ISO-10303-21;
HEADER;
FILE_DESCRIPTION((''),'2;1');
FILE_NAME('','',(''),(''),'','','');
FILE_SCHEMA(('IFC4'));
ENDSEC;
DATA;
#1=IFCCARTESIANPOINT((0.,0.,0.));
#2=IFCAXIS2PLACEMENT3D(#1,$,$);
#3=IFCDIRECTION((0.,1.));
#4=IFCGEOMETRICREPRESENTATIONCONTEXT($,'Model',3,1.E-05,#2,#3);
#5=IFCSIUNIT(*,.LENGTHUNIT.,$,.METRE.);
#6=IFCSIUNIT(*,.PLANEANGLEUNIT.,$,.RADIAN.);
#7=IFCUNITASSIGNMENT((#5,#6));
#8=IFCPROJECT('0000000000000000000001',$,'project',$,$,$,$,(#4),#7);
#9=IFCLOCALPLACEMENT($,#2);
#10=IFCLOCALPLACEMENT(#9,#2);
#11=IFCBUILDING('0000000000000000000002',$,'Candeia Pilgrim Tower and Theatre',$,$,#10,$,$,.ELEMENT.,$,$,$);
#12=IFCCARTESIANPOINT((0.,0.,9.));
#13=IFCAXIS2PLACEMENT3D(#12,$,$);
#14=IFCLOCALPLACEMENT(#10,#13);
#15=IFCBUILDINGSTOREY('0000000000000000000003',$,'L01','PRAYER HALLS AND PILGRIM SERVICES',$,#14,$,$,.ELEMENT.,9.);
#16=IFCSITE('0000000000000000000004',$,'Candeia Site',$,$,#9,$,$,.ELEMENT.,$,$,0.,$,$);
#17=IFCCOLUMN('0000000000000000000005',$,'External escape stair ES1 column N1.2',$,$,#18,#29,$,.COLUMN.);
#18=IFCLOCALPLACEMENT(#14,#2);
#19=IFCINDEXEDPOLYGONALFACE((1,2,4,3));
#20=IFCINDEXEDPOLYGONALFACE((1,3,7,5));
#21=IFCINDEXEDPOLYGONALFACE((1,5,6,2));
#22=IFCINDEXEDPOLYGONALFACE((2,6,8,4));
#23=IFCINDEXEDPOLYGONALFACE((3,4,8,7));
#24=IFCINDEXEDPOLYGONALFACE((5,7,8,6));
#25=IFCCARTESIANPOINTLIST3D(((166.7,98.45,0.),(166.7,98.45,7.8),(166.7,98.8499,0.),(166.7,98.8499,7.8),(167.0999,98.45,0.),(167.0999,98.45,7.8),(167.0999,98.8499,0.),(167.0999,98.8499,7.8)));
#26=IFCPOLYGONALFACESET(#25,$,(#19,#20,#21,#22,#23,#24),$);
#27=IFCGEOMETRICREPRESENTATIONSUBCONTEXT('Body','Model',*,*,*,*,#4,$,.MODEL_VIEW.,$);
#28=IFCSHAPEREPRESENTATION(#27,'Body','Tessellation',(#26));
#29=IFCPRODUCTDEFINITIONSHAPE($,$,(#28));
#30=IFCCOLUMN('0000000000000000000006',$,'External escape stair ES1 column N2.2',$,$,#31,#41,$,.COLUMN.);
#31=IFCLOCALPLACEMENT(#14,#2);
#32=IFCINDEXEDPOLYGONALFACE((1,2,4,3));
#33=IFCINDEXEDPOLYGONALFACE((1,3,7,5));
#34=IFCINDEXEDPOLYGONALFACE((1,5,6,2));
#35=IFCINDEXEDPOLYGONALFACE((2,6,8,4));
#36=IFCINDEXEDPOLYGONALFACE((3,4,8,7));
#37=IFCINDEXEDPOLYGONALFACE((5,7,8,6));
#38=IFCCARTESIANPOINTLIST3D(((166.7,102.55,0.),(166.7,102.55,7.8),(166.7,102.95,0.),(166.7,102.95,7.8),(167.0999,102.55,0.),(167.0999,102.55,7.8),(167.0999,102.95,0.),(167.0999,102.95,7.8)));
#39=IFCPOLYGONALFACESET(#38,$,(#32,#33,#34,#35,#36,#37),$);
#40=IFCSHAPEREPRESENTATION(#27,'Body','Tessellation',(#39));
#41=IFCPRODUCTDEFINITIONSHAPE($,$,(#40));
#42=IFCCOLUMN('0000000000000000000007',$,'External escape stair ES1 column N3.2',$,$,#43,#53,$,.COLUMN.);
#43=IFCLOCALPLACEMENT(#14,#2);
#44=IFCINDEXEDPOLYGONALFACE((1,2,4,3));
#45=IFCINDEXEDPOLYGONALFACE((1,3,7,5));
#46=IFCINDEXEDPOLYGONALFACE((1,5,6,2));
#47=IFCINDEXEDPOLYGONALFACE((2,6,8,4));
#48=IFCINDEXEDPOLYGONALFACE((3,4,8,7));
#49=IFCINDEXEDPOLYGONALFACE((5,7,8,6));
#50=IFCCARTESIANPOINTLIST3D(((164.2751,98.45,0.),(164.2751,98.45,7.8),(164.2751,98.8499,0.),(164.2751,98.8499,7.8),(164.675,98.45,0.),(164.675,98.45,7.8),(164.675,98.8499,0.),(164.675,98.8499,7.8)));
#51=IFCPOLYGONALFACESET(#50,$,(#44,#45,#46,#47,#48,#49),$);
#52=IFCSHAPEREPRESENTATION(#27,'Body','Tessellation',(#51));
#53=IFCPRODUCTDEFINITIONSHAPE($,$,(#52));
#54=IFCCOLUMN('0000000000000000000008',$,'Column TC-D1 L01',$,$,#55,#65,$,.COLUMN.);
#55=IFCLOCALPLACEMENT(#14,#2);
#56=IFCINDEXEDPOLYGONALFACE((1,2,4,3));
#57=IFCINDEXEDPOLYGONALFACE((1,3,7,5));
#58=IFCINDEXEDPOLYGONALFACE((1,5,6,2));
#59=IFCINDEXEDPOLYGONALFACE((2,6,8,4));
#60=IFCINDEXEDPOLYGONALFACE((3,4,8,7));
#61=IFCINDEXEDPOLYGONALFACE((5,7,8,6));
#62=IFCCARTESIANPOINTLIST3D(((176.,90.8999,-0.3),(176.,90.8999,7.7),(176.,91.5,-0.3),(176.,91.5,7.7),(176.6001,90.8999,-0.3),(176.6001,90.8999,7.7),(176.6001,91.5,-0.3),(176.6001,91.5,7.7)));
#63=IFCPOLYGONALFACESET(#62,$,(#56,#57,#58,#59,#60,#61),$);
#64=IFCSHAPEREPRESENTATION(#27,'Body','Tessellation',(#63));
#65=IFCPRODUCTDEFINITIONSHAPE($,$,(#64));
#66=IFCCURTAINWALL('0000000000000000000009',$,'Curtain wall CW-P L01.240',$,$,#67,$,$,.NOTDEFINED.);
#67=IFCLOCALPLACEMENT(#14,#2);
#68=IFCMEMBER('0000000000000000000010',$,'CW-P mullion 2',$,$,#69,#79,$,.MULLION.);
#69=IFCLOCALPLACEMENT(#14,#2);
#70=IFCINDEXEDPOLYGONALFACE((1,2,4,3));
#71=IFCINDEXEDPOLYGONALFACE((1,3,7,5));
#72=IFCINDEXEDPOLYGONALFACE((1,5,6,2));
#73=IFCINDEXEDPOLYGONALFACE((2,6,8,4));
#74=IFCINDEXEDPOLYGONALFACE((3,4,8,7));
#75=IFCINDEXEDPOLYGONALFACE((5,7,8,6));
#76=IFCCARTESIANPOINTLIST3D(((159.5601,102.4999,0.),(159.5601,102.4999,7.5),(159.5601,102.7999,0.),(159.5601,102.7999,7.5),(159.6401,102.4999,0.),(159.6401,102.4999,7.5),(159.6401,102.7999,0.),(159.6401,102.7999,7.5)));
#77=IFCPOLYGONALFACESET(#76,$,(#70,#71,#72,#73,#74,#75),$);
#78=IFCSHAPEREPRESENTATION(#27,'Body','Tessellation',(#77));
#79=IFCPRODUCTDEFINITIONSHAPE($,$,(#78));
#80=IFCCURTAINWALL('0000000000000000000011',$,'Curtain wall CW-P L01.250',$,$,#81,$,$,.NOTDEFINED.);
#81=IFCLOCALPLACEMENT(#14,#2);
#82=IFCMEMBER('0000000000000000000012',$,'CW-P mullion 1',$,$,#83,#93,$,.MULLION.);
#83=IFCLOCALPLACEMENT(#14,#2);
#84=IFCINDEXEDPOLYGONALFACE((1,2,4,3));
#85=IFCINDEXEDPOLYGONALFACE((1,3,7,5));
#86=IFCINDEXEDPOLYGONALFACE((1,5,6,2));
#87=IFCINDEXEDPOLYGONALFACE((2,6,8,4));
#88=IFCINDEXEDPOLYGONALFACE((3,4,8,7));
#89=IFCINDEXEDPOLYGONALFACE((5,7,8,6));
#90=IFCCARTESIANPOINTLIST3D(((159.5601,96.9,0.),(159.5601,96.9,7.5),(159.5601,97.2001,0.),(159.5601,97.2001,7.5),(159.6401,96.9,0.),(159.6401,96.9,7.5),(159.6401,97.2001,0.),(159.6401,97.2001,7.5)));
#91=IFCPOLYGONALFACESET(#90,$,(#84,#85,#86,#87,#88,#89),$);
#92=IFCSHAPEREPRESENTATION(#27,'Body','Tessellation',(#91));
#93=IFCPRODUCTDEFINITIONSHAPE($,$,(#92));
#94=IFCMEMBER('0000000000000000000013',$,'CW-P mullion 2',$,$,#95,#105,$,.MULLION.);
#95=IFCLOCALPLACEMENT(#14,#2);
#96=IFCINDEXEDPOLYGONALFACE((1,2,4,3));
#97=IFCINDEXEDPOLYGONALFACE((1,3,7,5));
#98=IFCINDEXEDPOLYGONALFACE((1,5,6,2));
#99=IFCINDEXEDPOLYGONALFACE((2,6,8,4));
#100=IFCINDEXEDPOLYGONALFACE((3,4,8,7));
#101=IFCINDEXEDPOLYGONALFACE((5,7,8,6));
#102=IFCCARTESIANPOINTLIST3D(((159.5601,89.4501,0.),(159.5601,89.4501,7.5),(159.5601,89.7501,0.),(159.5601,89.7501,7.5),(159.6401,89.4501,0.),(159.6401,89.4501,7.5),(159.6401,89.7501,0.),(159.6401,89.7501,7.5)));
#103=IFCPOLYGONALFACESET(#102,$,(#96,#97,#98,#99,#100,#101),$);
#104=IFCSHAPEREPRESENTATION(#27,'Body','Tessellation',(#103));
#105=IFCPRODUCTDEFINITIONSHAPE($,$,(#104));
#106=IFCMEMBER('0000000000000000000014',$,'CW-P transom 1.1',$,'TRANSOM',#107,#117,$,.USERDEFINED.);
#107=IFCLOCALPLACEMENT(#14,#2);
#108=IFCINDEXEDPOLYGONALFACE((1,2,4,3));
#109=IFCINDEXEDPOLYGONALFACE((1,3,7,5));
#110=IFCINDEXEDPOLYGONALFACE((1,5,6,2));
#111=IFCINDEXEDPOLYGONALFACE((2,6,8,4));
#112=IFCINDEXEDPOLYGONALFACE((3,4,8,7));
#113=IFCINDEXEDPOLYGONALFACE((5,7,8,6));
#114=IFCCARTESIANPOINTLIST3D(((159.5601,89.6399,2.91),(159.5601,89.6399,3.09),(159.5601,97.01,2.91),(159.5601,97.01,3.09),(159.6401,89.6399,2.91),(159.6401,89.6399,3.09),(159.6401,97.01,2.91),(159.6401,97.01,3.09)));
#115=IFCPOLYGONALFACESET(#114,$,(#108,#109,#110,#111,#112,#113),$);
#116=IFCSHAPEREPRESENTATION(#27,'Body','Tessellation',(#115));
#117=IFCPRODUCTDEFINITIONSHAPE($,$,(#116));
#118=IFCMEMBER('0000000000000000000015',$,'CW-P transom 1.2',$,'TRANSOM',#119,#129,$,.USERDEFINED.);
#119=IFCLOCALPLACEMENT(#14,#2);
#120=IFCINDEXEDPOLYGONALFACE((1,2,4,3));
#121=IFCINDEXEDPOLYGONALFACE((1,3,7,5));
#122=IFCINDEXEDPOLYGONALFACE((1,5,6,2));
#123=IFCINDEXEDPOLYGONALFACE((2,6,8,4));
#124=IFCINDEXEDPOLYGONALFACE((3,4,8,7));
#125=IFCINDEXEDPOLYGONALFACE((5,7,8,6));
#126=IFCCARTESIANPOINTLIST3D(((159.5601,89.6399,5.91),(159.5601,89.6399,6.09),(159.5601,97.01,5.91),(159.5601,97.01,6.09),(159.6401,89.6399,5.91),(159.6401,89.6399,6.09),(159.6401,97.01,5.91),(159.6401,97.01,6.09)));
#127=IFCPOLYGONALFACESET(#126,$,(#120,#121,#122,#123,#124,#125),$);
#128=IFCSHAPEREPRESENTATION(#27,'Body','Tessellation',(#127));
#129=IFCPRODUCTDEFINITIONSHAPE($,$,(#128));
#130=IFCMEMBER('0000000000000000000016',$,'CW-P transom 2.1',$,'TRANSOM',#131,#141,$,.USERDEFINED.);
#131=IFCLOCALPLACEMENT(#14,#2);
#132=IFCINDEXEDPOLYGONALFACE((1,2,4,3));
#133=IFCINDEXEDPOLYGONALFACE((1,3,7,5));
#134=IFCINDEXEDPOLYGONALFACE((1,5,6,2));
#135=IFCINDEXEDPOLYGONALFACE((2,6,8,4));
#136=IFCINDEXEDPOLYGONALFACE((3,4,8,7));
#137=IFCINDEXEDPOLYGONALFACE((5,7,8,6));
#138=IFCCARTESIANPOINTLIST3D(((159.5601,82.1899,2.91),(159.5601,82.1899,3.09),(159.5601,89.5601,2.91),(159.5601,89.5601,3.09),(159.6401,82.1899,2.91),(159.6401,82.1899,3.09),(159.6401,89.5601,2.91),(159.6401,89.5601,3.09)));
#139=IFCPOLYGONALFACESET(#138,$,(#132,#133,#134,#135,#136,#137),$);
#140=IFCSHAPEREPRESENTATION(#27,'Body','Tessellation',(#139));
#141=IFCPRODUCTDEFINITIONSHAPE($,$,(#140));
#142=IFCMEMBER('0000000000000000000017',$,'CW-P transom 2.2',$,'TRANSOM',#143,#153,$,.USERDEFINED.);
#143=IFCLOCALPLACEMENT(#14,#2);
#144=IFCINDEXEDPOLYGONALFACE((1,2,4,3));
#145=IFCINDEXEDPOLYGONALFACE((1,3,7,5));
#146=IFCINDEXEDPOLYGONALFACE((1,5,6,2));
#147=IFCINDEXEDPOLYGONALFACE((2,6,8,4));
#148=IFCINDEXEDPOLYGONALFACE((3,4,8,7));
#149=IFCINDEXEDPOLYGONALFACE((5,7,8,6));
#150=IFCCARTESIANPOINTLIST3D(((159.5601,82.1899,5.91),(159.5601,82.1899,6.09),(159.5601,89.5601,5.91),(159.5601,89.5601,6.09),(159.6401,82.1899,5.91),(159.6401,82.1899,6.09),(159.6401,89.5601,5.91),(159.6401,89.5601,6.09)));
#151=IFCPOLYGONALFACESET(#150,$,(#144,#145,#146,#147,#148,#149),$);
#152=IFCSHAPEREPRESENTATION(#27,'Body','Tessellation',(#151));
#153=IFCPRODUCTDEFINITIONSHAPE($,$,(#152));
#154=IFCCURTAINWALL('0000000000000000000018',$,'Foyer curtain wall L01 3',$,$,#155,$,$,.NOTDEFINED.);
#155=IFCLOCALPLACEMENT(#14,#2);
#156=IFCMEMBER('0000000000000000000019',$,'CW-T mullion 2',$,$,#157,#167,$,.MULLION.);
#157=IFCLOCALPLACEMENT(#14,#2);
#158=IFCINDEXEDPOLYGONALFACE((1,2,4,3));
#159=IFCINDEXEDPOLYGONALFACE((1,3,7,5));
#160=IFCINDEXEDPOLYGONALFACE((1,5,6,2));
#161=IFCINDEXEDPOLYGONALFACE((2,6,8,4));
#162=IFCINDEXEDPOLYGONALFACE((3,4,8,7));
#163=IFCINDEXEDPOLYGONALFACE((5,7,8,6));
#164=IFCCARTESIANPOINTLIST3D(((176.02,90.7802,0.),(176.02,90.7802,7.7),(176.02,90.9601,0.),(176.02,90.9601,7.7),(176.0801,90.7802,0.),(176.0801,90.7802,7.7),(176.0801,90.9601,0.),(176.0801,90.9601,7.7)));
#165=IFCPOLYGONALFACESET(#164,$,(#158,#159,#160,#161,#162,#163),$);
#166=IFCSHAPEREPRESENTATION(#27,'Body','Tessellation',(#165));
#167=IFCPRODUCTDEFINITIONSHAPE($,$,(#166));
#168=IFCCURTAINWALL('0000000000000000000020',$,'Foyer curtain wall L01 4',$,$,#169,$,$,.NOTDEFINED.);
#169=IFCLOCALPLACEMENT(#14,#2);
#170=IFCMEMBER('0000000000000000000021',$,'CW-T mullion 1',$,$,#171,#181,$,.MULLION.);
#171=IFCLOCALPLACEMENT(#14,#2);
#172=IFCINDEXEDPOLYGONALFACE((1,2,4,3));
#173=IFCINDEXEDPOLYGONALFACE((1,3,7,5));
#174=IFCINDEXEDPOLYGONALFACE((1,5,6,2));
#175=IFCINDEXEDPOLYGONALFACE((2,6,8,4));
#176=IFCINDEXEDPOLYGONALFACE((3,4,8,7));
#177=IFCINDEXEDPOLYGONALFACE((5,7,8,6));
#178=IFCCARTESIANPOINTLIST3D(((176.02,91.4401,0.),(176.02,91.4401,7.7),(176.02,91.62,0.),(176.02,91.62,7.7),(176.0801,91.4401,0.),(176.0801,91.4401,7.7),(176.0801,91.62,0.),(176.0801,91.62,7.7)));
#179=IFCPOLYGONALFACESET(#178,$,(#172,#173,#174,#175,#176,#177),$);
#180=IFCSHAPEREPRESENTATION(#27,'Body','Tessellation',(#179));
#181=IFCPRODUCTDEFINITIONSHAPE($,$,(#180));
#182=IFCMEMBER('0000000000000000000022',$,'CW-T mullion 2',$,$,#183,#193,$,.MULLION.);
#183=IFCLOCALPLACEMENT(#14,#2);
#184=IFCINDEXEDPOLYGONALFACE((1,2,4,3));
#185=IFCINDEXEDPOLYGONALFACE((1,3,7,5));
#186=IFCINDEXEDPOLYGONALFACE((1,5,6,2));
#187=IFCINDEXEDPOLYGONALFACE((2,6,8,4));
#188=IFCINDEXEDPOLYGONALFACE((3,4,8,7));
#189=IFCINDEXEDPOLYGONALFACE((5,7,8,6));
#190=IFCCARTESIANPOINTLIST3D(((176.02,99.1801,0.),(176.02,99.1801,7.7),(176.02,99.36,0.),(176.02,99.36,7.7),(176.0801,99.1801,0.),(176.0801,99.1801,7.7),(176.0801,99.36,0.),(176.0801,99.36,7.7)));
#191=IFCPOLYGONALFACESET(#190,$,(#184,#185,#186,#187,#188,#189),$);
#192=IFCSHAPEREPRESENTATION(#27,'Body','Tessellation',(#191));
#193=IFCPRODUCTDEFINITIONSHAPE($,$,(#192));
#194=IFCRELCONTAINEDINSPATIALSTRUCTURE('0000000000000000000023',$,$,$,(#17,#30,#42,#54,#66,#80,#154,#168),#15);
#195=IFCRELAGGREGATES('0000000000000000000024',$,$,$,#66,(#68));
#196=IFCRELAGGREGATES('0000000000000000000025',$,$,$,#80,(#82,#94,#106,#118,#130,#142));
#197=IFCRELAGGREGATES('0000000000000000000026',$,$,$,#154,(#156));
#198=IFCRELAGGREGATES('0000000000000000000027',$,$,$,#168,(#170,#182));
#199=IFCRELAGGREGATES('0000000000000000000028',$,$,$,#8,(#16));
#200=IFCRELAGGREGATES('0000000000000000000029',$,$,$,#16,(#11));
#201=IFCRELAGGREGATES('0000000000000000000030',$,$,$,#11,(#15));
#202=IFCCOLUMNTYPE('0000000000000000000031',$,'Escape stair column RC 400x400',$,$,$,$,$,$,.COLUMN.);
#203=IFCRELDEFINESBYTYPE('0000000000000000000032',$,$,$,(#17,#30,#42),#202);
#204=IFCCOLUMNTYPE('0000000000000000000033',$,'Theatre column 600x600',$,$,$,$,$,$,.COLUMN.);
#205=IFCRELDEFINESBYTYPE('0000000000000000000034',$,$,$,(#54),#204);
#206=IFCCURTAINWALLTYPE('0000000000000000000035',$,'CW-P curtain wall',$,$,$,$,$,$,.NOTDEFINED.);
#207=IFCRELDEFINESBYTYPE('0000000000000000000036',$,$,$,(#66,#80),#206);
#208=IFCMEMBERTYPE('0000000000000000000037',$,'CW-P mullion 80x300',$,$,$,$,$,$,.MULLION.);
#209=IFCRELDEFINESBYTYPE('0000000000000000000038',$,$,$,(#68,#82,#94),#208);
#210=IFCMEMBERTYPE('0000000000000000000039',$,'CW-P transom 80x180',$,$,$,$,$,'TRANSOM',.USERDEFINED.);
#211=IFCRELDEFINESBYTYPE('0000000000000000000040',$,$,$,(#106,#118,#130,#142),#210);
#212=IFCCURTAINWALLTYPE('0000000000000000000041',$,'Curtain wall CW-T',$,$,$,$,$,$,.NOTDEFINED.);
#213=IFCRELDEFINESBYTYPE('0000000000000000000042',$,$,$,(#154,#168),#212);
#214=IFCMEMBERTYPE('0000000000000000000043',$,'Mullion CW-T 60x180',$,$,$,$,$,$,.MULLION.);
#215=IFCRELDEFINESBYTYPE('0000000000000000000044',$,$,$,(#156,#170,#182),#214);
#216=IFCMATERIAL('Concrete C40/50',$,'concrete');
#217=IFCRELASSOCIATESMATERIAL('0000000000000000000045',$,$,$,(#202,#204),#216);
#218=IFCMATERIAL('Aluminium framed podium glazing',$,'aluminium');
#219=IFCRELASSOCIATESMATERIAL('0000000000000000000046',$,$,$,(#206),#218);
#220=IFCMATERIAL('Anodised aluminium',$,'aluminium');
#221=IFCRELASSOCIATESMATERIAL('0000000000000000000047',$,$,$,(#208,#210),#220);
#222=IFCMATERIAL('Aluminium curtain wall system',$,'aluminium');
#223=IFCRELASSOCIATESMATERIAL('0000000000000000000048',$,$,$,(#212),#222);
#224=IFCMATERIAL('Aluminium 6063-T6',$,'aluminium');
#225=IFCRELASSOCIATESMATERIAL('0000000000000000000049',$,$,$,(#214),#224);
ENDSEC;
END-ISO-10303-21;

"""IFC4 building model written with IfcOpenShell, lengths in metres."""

from ifc_helpers import new_model, si_unit, direction, frame, origin, origin_2d, place, context, subcontext, project, spatial, rectangle, extrude, material, material_profile, profile_set, type_object, element, aggregate, save


model = new_model("IFC4")

# Units and contexts
model_context = context("Model", 3, precision=1e-05, world=origin(), true_north=direction((0.0, 1.0)))
body_context = subcontext(model_context, "Body", "Model", "MODEL_VIEW")
ifc_project = project(units=[si_unit("LENGTHUNIT", "METRE"), si_unit("PLANEANGLEUNIT", "RADIAN")], contexts=[model_context])

# Site, building, storey
site_placement = place(None, origin())
site = spatial("IfcSite", under=ifc_project, at=site_placement, Name="Candeia Site", CompositionType="ELEMENT", RefElevation=0.0)
building_placement = place(site_placement, origin())
building = spatial("IfcBuilding", under=site, at=building_placement, Name="Candeia Pilgrim Tower and Theatre", CompositionType="ELEMENT")
storey_placement = place(building_placement, frame((0.0, 0.0, 9.0)))
storey = spatial("IfcBuildingStorey", under=building, at=storey_placement, Name="L01", Description="PRAYER HALLS AND PILGRIM SERVICES", CompositionType="ELEMENT", Elevation=9.0)

# Columns
ifc_material_1 = material(Name="Concrete C40/50", Category="concrete")
ifc_material_profile_1 = material_profile(ifc_material_1, rectangle(XDim=0.3999, YDim=0.3999, at=origin_2d()))
ifc_profile_set_1 = profile_set([ifc_material_profile_1], Name="Concrete C40/50")
column_type_1 = type_object("IfcColumnType", Name="Escape stair column RC 400x400", PredefinedType="COLUMN", material=ifc_profile_set_1)
for number, where, z_axis, x_axis, name in (
    (1, (166.8999, 98.6499, 0.0), (0.0, 0.0, 1.0), (1.0, 0.0, 0.0), "External escape stair ES1 column N1.2"),
    (2, (166.8999, 102.75, 0.0), (0.0, 0.0, 1.0), (1.0, 0.0, 0.0), "External escape stair ES1 column N2.2"),
    (3, (164.4751, 98.6499, 0.0), (0.0, 0.0, 1.0), (1.0, 0.0, 0.0), "External escape stair ES1 column N3.2"),
):
    element("IfcColumn", number, at=place(storey_placement, frame(where, z_axis=z_axis, x_axis=x_axis)), inside=storey, type_object=column_type_1, Name=name, PredefinedType="COLUMN", context=body_context, shape_type="SweptSolid", body=[
        extrude(rectangle(XDim=0.3999, YDim=0.3999, at=origin_2d()), origin(), (0.0, 0.0, 1.0), 7.8),
    ])
ifc_material_profile_2 = material_profile(ifc_material_1, rectangle(XDim=0.6001, YDim=0.6001, at=origin_2d()))
ifc_profile_set_2 = profile_set([ifc_material_profile_2], Name="Concrete C40/50")
column_type_2 = type_object("IfcColumnType", Name="Theatre column 600x600", PredefinedType="COLUMN", material=ifc_profile_set_2)
column_placement = place(storey_placement, frame((176.3, 91.2, -0.3), z_axis=(0.0, 0.0, 1.0), x_axis=(1.0, 0.0, 0.0)))
element("IfcColumn", 4, at=column_placement, inside=storey, type_object=column_type_2, Name="Column TC-D1 L01", PredefinedType="COLUMN", context=body_context, shape_type="SweptSolid", body=[
    extrude(rectangle(XDim=0.6001, YDim=0.6001, at=origin_2d()), origin(), (0.0, 0.0, 1.0), 8.0),
])

# Curtain wall, member
ifc_material_2 = material(Name="Aluminium framed podium glazing", Category="aluminium")
curtain_wall_type_1 = type_object("IfcCurtainWallType", Name="CW-P curtain wall", PredefinedType="NOTDEFINED", material=ifc_material_2)
curtain_wall_1_placement = place(storey_placement, origin())
curtain_wall_1 = element("IfcCurtainWall", 5, at=curtain_wall_1_placement, inside=storey, type_object=curtain_wall_type_1, Name="Curtain wall CW-P L01.240", PredefinedType="NOTDEFINED")
ifc_material_3 = material(Name="Anodised aluminium", Category="aluminium")
ifc_material_profile_3 = material_profile(ifc_material_3, rectangle(XDim=0.0801, YDim=0.3, at=origin_2d()))
ifc_profile_set_3 = profile_set([ifc_material_profile_3], Name="Anodised aluminium")
member_type_1 = type_object("IfcMemberType", Name="CW-P mullion 80x300", PredefinedType="MULLION", material=ifc_profile_set_3)
member_1_placement = place(storey_placement, frame((159.6001, 102.6499, 0.0), z_axis=(0.0, 0.0, 1.0), x_axis=(1.0, 0.0, 0.0)))
member_1 = element("IfcMember", 6, at=member_1_placement, type_object=member_type_1, Name="CW-P mullion 2", PredefinedType="MULLION", context=body_context, shape_type="SweptSolid", body=[
    extrude(rectangle(XDim=0.0801, YDim=0.3, at=origin_2d()), origin(), (0.0, 0.0, 1.0), 7.5),
])

# Curtain wall, members
curtain_wall_2_placement = place(storey_placement, origin())
curtain_wall_2 = element("IfcCurtainWall", 7, at=curtain_wall_2_placement, inside=storey, type_object=curtain_wall_type_1, Name="Curtain wall CW-P L01.250", PredefinedType="NOTDEFINED")
member_2_placement = place(storey_placement, frame((159.6001, 97.05, 0.0), z_axis=(0.0, 0.0, 1.0), x_axis=(1.0, 0.0, 0.0)))
member_2 = element("IfcMember", 8, at=member_2_placement, type_object=member_type_1, Name="CW-P mullion 1", PredefinedType="MULLION", context=body_context, shape_type="SweptSolid", body=[
    extrude(rectangle(XDim=0.0801, YDim=0.3, at=origin_2d()), origin(), (0.0, 0.0, 1.0), 7.5),
])
member_3_placement = place(storey_placement, frame((159.6001, 89.6001, 0.0), z_axis=(0.0, 0.0, 1.0), x_axis=(1.0, 0.0, 0.0)))
member_3 = element("IfcMember", 9, at=member_3_placement, type_object=member_type_1, Name="CW-P mullion 2", PredefinedType="MULLION", context=body_context, shape_type="SweptSolid", body=[
    extrude(rectangle(XDim=0.0801, YDim=0.3, at=origin_2d()), origin(), (0.0, 0.0, 1.0), 7.5),
])
ifc_material_profile_4 = material_profile(ifc_material_3, rectangle(XDim=0.0801, YDim=0.1799, at=origin_2d()))
ifc_profile_set_4 = profile_set([ifc_material_profile_4], Name="Anodised aluminium")
member_type_2 = type_object("IfcMemberType", Name="CW-P transom 80x180", ElementType="TRANSOM", PredefinedType="USERDEFINED", material=ifc_profile_set_4)
member_4_placement = place(storey_placement, frame((159.6001, 97.01, 3.0), z_axis=(0.0, -1.0, 0.0), x_axis=(1.0, 0.0, 0.0)))
member_4 = element("IfcMember", 10, at=member_4_placement, type_object=member_type_2, Name="CW-P transom 1.1", ObjectType="TRANSOM", PredefinedType="USERDEFINED", context=body_context, shape_type="SweptSolid", body=[
    extrude(rectangle(XDim=0.0801, YDim=0.1799, at=origin_2d()), origin(), (0.0, 0.0, 1.0), 7.3701),
])
member_5_placement = place(storey_placement, frame((159.6001, 97.01, 6.0), z_axis=(0.0, -1.0, 0.0), x_axis=(1.0, 0.0, 0.0)))
member_5 = element("IfcMember", 11, at=member_5_placement, type_object=member_type_2, Name="CW-P transom 1.2", ObjectType="TRANSOM", PredefinedType="USERDEFINED", context=body_context, shape_type="SweptSolid", body=[
    extrude(rectangle(XDim=0.0801, YDim=0.1799, at=origin_2d()), origin(), (0.0, 0.0, 1.0), 7.3701),
])
member_6_placement = place(storey_placement, frame((159.6001, 89.5601, 3.0), z_axis=(0.0, -1.0, 0.0), x_axis=(1.0, 0.0, 0.0)))
member_6 = element("IfcMember", 12, at=member_6_placement, type_object=member_type_2, Name="CW-P transom 2.1", ObjectType="TRANSOM", PredefinedType="USERDEFINED", context=body_context, shape_type="SweptSolid", body=[
    extrude(rectangle(XDim=0.0801, YDim=0.1799, at=origin_2d()), origin(), (0.0, 0.0, 1.0), 7.3701),
])
member_7_placement = place(storey_placement, frame((159.6001, 89.5601, 6.0), z_axis=(0.0, -1.0, 0.0), x_axis=(1.0, 0.0, 0.0)))
member_7 = element("IfcMember", 13, at=member_7_placement, type_object=member_type_2, Name="CW-P transom 2.2", ObjectType="TRANSOM", PredefinedType="USERDEFINED", context=body_context, shape_type="SweptSolid", body=[
    extrude(rectangle(XDim=0.0801, YDim=0.1799, at=origin_2d()), origin(), (0.0, 0.0, 1.0), 7.3701),
])

# Curtain wall, member
ifc_material_4 = material(Name="Aluminium curtain wall system", Category="aluminium")
curtain_wall_type_2 = type_object("IfcCurtainWallType", Name="Curtain wall CW-T", PredefinedType="NOTDEFINED", material=ifc_material_4)
curtain_wall_3_placement = place(storey_placement, origin())
curtain_wall_3 = element("IfcCurtainWall", 14, at=curtain_wall_3_placement, inside=storey, type_object=curtain_wall_type_2, Name="Foyer curtain wall L01 3", PredefinedType="NOTDEFINED")
ifc_material_5 = material(Name="Aluminium 6063-T6", Category="aluminium")
ifc_material_profile_5 = material_profile(ifc_material_5, rectangle(XDim=0.0601, YDim=0.1799, at=origin_2d()))
ifc_profile_set_5 = profile_set([ifc_material_profile_5], Name="Aluminium 6063-T6")
member_type_3 = type_object("IfcMemberType", Name="Mullion CW-T 60x180", PredefinedType="MULLION", material=ifc_profile_set_5)
member_8_placement = place(storey_placement, frame((176.05, 90.8701, 0.0), z_axis=(0.0, 0.0, 1.0), x_axis=(-1.0, 0.0, 0.0)))
member_8 = element("IfcMember", 15, at=member_8_placement, type_object=member_type_3, Name="CW-T mullion 2", PredefinedType="MULLION", context=body_context, shape_type="SweptSolid", body=[
    extrude(rectangle(XDim=0.0601, YDim=0.1799, at=origin_2d()), origin(), (0.0, 0.0, 1.0), 7.7),
])

# Curtain wall, members
curtain_wall_4_placement = place(storey_placement, origin())
curtain_wall_4 = element("IfcCurtainWall", 16, at=curtain_wall_4_placement, inside=storey, type_object=curtain_wall_type_2, Name="Foyer curtain wall L01 4", PredefinedType="NOTDEFINED")
member_9_placement = place(storey_placement, frame((176.05, 91.53, 0.0), z_axis=(0.0, 0.0, 1.0), x_axis=(-1.0, 0.0, 0.0)))
member_9 = element("IfcMember", 17, at=member_9_placement, type_object=member_type_3, Name="CW-T mullion 1", PredefinedType="MULLION", context=body_context, shape_type="SweptSolid", body=[
    extrude(rectangle(XDim=0.0601, YDim=0.1799, at=origin_2d()), origin(), (0.0, 0.0, 1.0), 7.7),
])
member_10_placement = place(storey_placement, frame((176.05, 99.27, 0.0), z_axis=(0.0, 0.0, 1.0), x_axis=(-1.0, 0.0, 0.0)))
member_10 = element("IfcMember", 18, at=member_10_placement, type_object=member_type_3, Name="CW-T mullion 2", PredefinedType="MULLION", context=body_context, shape_type="SweptSolid", body=[
    extrude(rectangle(XDim=0.0601, YDim=0.1799, at=origin_2d()), origin(), (0.0, 0.0, 1.0), 7.7),
])

aggregate(curtain_wall_1, [member_1])
aggregate(curtain_wall_2, [member_2, member_3, member_4, member_5, member_6, member_7])
aggregate(curtain_wall_3, [member_8])
aggregate(curtain_wall_4, [member_9, member_10])

save(model, "model.ifc")
